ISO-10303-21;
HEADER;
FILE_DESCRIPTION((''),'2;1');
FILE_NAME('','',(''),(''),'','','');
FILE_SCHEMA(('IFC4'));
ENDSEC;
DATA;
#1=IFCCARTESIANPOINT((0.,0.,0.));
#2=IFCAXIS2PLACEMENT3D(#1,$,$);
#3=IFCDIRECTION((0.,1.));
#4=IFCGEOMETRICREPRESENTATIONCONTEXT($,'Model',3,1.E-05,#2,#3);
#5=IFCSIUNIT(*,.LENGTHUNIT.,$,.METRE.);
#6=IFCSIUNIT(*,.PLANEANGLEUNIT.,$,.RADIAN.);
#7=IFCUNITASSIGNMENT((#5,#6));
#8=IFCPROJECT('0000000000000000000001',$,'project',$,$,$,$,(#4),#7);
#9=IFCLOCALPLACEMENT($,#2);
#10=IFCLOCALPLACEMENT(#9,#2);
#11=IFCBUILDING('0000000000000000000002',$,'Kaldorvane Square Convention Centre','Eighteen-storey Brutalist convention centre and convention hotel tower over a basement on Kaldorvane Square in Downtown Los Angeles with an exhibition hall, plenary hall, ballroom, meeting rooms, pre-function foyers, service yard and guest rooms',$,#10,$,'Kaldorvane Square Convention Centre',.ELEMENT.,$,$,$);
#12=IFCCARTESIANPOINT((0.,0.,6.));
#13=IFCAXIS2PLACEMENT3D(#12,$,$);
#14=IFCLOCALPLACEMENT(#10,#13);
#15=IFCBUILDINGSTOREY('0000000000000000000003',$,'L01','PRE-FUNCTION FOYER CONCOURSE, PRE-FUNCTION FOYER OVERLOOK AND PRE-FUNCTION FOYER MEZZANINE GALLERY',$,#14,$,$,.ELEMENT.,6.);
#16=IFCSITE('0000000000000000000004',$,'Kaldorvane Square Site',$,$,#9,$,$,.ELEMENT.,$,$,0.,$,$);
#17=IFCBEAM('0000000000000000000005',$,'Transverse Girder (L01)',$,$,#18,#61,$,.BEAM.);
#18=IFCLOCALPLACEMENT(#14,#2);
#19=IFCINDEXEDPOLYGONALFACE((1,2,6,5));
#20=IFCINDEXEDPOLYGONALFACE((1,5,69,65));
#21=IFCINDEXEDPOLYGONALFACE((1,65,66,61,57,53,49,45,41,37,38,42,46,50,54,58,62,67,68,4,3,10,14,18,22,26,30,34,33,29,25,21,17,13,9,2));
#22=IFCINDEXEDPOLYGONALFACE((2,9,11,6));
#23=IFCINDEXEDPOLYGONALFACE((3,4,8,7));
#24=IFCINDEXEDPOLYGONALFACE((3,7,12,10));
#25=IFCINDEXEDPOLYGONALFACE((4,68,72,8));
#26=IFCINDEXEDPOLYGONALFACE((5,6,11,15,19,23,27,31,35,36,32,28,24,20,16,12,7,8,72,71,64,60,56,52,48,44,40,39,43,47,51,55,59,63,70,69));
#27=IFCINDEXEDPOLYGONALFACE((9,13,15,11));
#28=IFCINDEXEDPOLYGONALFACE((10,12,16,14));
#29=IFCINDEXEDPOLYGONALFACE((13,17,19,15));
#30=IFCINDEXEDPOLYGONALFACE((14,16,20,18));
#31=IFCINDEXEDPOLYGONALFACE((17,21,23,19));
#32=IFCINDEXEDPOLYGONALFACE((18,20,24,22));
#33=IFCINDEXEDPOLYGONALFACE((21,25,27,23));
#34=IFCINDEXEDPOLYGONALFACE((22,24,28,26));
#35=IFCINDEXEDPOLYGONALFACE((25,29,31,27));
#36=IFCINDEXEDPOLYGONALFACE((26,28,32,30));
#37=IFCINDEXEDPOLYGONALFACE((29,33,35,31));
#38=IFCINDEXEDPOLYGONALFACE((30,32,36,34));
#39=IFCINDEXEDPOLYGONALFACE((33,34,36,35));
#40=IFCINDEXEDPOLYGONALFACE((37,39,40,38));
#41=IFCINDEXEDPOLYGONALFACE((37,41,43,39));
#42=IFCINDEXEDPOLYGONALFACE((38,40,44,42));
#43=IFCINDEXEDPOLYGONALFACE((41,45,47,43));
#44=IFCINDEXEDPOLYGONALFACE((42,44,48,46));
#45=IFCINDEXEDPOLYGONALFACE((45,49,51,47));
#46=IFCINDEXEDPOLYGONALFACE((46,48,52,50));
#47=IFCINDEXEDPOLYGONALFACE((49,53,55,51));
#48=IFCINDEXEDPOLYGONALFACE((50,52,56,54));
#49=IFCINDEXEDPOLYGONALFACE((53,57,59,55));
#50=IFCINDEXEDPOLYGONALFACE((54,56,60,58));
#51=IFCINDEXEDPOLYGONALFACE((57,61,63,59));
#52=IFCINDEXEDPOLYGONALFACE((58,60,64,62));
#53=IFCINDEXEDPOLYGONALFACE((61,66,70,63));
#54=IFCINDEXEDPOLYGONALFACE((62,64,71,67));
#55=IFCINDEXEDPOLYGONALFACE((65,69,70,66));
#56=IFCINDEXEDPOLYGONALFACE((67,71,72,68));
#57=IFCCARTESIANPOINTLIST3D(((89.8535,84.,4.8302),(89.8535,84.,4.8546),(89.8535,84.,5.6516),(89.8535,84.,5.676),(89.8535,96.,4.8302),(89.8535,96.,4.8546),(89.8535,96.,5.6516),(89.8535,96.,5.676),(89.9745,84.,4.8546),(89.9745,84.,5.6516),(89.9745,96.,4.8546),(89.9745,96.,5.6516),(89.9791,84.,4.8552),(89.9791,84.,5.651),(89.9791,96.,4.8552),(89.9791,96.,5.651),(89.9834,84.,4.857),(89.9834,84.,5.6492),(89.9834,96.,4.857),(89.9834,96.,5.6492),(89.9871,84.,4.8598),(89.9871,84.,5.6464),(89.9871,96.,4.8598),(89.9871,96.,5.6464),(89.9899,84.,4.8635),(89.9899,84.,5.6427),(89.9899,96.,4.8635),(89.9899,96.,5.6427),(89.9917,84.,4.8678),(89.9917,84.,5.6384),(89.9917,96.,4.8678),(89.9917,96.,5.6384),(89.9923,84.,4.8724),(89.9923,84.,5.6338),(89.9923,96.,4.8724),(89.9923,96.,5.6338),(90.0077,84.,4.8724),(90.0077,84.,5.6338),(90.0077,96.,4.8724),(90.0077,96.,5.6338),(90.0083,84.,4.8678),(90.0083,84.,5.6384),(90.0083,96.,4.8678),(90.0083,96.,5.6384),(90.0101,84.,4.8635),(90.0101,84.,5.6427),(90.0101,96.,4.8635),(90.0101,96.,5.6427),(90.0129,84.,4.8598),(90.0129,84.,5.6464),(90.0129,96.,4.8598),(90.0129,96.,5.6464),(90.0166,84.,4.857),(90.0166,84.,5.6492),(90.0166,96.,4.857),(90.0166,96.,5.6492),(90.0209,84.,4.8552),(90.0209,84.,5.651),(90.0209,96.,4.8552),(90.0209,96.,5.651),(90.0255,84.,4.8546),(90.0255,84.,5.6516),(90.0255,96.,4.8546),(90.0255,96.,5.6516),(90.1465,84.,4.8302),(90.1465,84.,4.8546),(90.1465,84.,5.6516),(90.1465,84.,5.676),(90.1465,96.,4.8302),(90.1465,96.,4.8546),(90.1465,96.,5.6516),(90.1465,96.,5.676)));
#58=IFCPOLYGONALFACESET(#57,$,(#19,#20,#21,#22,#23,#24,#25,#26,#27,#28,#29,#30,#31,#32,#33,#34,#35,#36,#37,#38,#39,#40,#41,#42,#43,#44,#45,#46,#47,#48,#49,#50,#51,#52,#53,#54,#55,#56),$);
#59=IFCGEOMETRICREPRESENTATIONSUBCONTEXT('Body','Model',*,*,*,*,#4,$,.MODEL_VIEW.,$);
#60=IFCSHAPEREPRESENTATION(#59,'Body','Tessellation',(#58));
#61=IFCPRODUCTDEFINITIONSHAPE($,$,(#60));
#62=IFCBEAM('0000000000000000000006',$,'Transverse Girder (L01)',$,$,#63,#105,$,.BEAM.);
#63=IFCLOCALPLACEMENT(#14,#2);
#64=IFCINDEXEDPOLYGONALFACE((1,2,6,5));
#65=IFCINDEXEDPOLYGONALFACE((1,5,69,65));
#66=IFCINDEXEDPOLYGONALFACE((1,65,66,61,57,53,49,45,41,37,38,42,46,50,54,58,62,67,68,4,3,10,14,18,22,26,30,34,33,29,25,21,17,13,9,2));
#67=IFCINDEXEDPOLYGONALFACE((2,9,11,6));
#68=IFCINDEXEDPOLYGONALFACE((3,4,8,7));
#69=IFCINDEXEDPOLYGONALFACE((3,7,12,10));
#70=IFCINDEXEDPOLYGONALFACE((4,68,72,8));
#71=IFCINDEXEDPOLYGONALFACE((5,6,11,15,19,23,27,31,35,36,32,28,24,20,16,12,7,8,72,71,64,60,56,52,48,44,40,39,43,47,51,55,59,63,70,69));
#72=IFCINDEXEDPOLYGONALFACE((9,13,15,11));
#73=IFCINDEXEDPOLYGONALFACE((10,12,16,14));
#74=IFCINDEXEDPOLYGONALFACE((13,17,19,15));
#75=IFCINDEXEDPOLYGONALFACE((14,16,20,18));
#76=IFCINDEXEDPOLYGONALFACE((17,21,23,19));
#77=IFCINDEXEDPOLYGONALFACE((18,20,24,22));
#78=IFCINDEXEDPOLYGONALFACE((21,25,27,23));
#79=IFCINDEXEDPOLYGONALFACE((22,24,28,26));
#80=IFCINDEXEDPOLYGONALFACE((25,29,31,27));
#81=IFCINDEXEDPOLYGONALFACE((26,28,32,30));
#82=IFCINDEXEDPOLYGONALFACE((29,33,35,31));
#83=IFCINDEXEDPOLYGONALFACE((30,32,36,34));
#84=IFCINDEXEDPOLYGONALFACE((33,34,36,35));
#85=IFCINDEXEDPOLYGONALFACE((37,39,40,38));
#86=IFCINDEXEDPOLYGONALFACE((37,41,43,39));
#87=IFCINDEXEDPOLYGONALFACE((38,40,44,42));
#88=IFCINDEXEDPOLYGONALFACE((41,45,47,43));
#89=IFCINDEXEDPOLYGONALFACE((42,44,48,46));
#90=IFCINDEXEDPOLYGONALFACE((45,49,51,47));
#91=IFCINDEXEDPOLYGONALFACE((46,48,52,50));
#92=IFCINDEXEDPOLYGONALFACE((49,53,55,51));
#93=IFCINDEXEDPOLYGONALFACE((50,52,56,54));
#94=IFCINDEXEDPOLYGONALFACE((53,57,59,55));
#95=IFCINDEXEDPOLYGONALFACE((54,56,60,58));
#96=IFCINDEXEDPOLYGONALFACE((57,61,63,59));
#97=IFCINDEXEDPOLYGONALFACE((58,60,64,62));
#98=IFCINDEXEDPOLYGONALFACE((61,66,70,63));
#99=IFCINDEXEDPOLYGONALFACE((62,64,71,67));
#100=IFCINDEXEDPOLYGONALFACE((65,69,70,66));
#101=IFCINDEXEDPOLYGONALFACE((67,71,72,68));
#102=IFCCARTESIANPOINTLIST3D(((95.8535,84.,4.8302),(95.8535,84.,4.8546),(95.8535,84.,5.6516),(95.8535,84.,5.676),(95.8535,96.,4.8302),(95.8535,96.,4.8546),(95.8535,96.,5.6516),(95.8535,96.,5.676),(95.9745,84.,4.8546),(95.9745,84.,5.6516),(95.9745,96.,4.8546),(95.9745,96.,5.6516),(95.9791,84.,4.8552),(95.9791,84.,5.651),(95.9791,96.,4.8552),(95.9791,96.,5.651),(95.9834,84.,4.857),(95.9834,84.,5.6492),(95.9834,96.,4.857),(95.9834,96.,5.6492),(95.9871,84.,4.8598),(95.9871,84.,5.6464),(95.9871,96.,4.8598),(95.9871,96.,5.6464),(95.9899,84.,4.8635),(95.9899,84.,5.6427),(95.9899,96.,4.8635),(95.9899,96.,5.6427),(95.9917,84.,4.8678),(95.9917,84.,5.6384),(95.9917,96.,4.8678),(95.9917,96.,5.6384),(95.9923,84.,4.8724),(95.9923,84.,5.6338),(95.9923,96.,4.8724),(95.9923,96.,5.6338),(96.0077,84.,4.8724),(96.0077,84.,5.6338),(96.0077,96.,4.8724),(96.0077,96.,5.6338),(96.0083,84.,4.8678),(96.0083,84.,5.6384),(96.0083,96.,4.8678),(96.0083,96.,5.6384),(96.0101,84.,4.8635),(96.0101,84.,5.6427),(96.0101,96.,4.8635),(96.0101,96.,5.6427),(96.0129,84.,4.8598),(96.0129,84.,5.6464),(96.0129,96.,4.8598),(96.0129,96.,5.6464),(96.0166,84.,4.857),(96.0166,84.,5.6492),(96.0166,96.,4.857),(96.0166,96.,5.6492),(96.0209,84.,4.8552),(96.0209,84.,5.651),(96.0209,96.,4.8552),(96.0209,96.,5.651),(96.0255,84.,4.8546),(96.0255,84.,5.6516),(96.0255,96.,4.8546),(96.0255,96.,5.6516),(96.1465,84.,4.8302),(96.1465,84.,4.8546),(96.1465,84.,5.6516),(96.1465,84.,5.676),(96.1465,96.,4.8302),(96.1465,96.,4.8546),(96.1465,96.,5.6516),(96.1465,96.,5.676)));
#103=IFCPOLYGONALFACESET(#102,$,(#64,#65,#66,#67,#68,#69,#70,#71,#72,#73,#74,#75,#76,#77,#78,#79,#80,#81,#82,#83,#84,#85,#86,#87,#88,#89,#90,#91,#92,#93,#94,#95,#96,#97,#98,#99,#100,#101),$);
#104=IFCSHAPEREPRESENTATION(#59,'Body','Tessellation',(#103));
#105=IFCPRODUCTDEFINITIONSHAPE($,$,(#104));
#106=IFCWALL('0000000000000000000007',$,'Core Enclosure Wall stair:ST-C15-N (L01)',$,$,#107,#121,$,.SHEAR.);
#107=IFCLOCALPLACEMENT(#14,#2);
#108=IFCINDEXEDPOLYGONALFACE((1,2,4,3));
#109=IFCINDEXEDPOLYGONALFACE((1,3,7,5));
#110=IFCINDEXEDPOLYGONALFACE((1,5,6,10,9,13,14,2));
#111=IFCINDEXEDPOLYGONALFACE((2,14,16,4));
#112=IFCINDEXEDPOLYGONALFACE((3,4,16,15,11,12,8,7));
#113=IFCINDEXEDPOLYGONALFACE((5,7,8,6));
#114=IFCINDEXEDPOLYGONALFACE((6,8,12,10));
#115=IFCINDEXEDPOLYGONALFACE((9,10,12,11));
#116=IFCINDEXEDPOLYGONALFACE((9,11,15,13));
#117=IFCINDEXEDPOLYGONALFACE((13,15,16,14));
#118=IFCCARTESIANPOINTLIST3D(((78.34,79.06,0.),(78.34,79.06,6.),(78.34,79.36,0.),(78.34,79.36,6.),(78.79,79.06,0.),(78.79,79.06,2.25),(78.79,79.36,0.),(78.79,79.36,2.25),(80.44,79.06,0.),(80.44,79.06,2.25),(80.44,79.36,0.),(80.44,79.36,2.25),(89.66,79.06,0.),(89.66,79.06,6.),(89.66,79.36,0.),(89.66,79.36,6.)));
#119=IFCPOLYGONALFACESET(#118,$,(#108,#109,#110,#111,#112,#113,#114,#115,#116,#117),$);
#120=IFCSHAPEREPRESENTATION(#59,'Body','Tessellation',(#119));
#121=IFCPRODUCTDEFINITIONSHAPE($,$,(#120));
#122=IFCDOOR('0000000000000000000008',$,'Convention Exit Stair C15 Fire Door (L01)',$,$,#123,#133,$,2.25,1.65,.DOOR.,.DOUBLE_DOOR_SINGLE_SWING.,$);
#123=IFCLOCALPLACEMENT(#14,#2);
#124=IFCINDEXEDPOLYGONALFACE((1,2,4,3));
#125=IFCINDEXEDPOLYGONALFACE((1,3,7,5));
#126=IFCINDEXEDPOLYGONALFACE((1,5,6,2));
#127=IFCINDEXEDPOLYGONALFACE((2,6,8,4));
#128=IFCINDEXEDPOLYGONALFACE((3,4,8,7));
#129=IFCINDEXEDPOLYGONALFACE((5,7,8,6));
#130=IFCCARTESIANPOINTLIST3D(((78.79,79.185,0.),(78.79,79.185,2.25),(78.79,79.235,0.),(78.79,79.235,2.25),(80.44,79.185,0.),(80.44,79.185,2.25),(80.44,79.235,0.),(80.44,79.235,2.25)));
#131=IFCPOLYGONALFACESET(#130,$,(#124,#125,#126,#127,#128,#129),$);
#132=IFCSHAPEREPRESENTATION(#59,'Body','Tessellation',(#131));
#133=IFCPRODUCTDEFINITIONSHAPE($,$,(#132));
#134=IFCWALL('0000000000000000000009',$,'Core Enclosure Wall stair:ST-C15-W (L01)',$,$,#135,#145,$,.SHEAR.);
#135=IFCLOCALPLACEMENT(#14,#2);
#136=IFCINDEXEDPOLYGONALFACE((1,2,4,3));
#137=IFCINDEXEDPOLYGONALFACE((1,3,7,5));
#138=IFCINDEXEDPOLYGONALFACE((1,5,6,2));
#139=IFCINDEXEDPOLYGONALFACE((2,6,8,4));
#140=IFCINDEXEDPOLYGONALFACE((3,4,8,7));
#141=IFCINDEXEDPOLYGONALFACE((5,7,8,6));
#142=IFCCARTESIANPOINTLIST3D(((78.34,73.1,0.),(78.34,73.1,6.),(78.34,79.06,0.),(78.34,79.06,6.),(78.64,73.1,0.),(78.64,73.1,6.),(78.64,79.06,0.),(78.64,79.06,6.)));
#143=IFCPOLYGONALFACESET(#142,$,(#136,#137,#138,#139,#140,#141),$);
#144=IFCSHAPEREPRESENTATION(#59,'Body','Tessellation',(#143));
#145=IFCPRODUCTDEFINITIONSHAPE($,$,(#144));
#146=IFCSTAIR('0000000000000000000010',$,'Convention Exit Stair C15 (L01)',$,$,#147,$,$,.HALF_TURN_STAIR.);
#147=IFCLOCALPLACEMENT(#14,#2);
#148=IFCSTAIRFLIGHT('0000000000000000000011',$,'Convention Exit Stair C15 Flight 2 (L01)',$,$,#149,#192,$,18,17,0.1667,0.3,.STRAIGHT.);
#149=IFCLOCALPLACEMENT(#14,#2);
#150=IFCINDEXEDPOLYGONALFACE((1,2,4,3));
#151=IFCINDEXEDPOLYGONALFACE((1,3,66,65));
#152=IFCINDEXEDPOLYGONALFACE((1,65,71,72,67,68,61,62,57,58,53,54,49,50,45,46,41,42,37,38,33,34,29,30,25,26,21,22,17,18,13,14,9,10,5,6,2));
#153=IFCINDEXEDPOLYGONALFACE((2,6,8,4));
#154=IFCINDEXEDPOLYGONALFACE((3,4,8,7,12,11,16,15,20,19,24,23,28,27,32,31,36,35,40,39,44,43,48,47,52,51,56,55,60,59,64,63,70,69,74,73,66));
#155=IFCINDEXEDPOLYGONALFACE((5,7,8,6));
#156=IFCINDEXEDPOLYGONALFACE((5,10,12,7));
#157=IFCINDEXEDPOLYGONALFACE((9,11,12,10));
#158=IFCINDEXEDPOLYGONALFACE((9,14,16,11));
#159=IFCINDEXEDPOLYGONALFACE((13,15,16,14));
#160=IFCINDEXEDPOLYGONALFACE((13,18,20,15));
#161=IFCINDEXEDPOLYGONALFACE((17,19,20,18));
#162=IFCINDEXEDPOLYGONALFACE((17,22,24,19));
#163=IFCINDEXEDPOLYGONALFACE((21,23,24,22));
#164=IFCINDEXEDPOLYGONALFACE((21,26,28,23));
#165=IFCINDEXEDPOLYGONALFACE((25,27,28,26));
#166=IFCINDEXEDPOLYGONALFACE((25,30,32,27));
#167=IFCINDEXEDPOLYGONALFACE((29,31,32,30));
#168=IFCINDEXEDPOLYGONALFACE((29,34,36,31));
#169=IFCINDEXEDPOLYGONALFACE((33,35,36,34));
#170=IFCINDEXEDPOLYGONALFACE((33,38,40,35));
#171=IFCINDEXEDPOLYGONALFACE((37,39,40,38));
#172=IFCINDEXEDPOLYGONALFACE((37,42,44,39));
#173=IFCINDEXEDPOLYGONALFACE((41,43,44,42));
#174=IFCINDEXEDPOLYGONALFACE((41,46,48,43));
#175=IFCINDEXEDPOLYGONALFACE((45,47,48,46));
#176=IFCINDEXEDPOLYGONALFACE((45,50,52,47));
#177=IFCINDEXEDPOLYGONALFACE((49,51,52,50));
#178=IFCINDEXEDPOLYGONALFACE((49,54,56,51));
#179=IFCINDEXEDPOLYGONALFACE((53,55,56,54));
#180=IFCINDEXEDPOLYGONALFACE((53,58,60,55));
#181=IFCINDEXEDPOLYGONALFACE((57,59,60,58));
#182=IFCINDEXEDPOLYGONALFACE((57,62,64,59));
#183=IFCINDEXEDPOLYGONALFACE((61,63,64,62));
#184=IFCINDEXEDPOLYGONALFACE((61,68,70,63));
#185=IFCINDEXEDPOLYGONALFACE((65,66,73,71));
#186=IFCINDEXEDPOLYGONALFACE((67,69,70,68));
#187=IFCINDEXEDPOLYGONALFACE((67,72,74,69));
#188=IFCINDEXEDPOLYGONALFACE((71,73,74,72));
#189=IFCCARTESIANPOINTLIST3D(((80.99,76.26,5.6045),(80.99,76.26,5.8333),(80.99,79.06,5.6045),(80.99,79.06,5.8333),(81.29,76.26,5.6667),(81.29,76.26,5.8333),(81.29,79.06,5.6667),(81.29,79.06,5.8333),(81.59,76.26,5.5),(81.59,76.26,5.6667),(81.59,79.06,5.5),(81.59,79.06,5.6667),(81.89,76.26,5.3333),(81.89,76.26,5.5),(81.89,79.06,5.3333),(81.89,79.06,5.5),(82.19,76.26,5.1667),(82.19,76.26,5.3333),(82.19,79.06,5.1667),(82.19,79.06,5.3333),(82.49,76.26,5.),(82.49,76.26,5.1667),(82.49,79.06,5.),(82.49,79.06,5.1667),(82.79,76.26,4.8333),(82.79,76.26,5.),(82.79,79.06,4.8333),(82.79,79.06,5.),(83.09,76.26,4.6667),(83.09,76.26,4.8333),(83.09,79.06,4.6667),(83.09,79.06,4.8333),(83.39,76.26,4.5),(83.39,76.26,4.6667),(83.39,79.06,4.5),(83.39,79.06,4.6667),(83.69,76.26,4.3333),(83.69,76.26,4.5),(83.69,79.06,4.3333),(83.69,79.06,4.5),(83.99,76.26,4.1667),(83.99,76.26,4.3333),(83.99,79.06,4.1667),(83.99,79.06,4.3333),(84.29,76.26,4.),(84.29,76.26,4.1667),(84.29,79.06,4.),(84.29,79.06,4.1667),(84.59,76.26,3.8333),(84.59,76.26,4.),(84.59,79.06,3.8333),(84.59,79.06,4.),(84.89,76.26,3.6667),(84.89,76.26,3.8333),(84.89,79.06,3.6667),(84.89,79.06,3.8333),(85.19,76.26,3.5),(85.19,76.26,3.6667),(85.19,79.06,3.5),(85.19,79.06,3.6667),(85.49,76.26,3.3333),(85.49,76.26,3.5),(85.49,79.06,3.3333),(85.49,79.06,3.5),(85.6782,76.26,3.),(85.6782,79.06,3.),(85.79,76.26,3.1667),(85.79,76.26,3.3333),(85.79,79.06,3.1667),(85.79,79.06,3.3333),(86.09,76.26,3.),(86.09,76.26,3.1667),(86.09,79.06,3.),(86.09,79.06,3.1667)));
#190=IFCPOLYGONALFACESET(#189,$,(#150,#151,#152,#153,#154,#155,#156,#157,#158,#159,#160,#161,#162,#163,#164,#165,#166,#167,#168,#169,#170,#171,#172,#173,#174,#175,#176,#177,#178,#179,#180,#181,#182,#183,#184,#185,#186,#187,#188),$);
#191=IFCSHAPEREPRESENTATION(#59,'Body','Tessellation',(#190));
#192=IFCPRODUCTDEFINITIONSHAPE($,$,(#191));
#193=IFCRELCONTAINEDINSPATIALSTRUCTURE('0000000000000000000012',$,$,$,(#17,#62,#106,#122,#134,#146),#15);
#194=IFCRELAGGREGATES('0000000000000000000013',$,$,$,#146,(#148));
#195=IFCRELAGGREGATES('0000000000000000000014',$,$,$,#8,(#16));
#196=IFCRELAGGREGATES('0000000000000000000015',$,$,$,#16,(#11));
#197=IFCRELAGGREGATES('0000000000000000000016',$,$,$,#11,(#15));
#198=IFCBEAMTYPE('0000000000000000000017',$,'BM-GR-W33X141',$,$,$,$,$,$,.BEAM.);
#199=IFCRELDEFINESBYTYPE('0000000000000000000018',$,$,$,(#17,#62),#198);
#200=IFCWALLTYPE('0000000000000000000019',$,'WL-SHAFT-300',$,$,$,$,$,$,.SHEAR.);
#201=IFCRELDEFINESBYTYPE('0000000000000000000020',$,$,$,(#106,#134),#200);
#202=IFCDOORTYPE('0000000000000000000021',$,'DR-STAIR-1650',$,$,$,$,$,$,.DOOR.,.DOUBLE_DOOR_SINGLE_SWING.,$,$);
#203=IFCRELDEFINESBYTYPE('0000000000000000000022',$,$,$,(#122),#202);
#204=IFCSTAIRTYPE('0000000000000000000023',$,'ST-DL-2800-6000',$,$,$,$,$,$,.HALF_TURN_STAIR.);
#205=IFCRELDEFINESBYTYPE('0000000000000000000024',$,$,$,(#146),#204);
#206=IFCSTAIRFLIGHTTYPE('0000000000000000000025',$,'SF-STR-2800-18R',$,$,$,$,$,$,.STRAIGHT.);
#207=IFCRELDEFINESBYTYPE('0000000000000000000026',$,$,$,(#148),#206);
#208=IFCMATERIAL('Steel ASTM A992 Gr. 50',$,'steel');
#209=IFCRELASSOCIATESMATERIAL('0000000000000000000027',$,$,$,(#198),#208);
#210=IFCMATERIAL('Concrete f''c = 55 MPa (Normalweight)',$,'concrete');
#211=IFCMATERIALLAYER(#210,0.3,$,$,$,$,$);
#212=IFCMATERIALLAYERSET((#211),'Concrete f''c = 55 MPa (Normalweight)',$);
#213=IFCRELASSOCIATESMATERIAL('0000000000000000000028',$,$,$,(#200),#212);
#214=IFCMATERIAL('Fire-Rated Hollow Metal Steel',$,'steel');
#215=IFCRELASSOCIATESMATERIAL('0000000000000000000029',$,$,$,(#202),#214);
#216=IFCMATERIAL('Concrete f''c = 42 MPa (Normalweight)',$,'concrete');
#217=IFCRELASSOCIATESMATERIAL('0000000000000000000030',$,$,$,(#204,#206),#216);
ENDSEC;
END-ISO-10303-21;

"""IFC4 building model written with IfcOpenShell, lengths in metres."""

from ifc_helpers import new_model, si_unit, direction, frame, frame_2d, origin, origin_2d, place, context, subcontext, project, spatial, polyline, rectangle, i_section, outline, extrude, material, layer, layer_set, material_profile, profile_set, type_object, element, fill, aggregate, save


model = new_model("IFC4")

# Units and contexts
model_context = context("Model", 3, precision=1e-05, world=origin(), true_north=direction((0.0, 1.0)))
body_context = subcontext(model_context, "Body", "Model", "MODEL_VIEW")
ifc_project = project(units=[si_unit("LENGTHUNIT", "METRE"), si_unit("PLANEANGLEUNIT", "RADIAN")], contexts=[model_context])

# Site, building, storey
site_placement = place(None, origin())
site = spatial("IfcSite", under=ifc_project, at=site_placement, Name="Kaldorvane Square Site", CompositionType="ELEMENT", RefElevation=0.0)
building_placement = place(site_placement, origin())
building = spatial("IfcBuilding", under=site, at=building_placement, Name="Kaldorvane Square Convention Centre", Description="Eighteen-storey Brutalist convention centre and convention hotel tower over a basement on Kaldorvane Square in Downtown Los Angeles with an exhibition hall, plenary hall, ballroom, meeting rooms, pre-function foyers, service yard and guest rooms", LongName="Kaldorvane Square Convention Centre", CompositionType="ELEMENT")
storey_placement = place(building_placement, frame((0.0, 0.0, 6.0)))
storey = spatial("IfcBuildingStorey", under=building, at=storey_placement, Name="L01", Description="PRE-FUNCTION FOYER CONCOURSE, PRE-FUNCTION FOYER OVERLOOK AND PRE-FUNCTION FOYER MEZZANINE GALLERY", CompositionType="ELEMENT", Elevation=6.0)

# Shared definitions
ifc_material_1 = material(Name="Concrete f'c = 55 MPa (Normalweight)", Category="concrete")
ifc_material_2 = material(Name="Steel ASTM A992 Gr. 50", Category="steel")

# Beams
ifc_material_profile_1 = material_profile(ifc_material_2, i_section(OverallWidth=0.293, OverallDepth=0.8458, WebThickness=0.0154, FlangeThickness=0.0244, FilletRadius=0.0178, at=origin_2d()), Name="W33X141")
ifc_profile_set_1 = profile_set([ifc_material_profile_1], Name="Steel ASTM A992 Gr. 50")
beam_type_1 = type_object("IfcBeamType", Name="BM-GR-W33X141", PredefinedType="BEAM", material=ifc_profile_set_1)
for number, where, z_axis, x_axis, name in (
    (1, (90.0, 84.0, 5.2531), (0.0, 1.0, 0.0), (-1.0, 0.0, 0.0), "Transverse Girder (L01)"),
    (2, (96.0, 84.0, 5.2531), (0.0, 1.0, 0.0), (-1.0, 0.0, 0.0), "Transverse Girder (L01)"),
):
    element("IfcBeam", number, at=place(storey_placement, frame(where, z_axis=z_axis, x_axis=x_axis)), inside=storey, type_object=beam_type_1, Name=name, PredefinedType="BEAM", context=body_context, shape_type="SweptSolid", body=[
        extrude(i_section(OverallWidth=0.293, OverallDepth=0.8458, WebThickness=0.0154, FlangeThickness=0.0244, FilletRadius=0.0178, at=origin_2d()), origin(), (0.0, 0.0, 1.0), 12.0),
    ])

# Wall, opening, door
ifc_layer = layer(ifc_material_1, 0.3)
ifc_layer_set = layer_set([ifc_layer], Name="Concrete f'c = 55 MPa (Normalweight)")
wall_type = type_object("IfcWallType", Name="WL-SHAFT-300", PredefinedType="SHEAR", material=ifc_layer_set)
wall_1_placement = place(storey_placement, frame((89.66, 79.21, 0.0), z_axis=(0.0, 0.0, 1.0), x_axis=(-1.0, 0.0, 0.0)))
wall_1 = element("IfcWall", 3, at=wall_1_placement, inside=storey, type_object=wall_type, Name="Core Enclosure Wall stair:ST-C15-N (L01)", PredefinedType="SHEAR", context=body_context, shape_type="SweptSolid", body=[
    extrude(rectangle(XDim=11.32, YDim=0.3, at=frame_2d((5.66, 0.0))), origin(), (0.0, 0.0, 1.0), 6.0),
])
opening_placement = place(wall_1_placement, frame((9.22, 0.0, 0.0)))
opening = element("IfcOpeningElement", 4, at=opening_placement, cuts=wall_1, PredefinedType="OPENING", context=body_context, shape_type="SweptSolid", body=[
    extrude(rectangle(XDim=1.65, YDim=2.25, at=frame_2d((0.825, 1.125))), frame((0.0, 0.165, 0.0), z_axis=(0.0, -1.0, 0.0), x_axis=(1.0, 0.0, 0.0)), (0.0, 0.0, 1.0), 0.33),
])
ifc_material_3 = material(Name="Fire-Rated Hollow Metal Steel", Category="steel")
door_type = type_object("IfcDoorType", Name="DR-STAIR-1650", OperationType="DOUBLE_DOOR_SINGLE_SWING", PredefinedType="DOOR", material=ifc_material_3)
door_placement = place(opening_placement, origin())
door = element("IfcDoor", 5, at=door_placement, inside=storey, type_object=door_type, Name="Convention Exit Stair C15 Fire Door (L01)", OperationType="DOUBLE_DOOR_SINGLE_SWING", OverallHeight=2.25, OverallWidth=1.65, PredefinedType="DOOR", context=body_context, shape_type="SweptSolid", body=[
    extrude(rectangle(XDim=1.65, YDim=2.25, at=frame_2d((0.825, 1.125))), frame((0.0, 0.025, 0.0), z_axis=(0.0, -1.0, 0.0), x_axis=(1.0, 0.0, 0.0)), (0.0, 0.0, 1.0), 0.05),
])
fill(opening, door)

# Wall
wall_2_placement = place(storey_placement, frame((78.49, 79.06, 0.0), z_axis=(0.0, 0.0, 1.0), x_axis=(0.0, -1.0, 0.0)))
element("IfcWall", 6, at=wall_2_placement, inside=storey, type_object=wall_type, Name="Core Enclosure Wall stair:ST-C15-W (L01)", PredefinedType="SHEAR", context=body_context, shape_type="SweptSolid", body=[
    extrude(rectangle(XDim=5.96, YDim=0.3, at=frame_2d((2.98, 0.0))), origin(), (0.0, 0.0, 1.0), 6.0),
])

# Stair, stair flight
ifc_material_4 = material(Name="Concrete f'c = 42 MPa (Normalweight)", Category="concrete")
stair_type = type_object("IfcStairType", Name="ST-DL-2800-6000", PredefinedType="HALF_TURN_STAIR", material=ifc_material_4)
stair_placement = place(storey_placement, origin())
stair = element("IfcStair", 7, at=stair_placement, inside=storey, type_object=stair_type, Name="Convention Exit Stair C15 (L01)", PredefinedType="HALF_TURN_STAIR")
stair_flight_type = type_object("IfcStairFlightType", Name="SF-STR-2800-18R", PredefinedType="STRAIGHT", material=ifc_material_4)
stair_flight_placement = place(storey_placement, frame((86.09, 77.66, 3.0), z_axis=(0.0, 0.0, 1.0), x_axis=(-1.0, 0.0, 0.0)))
stair_flight = element("IfcStairFlight", 8, at=stair_flight_placement, type_object=stair_flight_type, Name="Convention Exit Stair C15 Flight 2 (L01)", NumberOfRisers=18, NumberOfTreads=17, PredefinedType="STRAIGHT", RiserHeight=0.1667, TreadLength=0.3, context=body_context, shape_type="SweptSolid", body=[
    extrude(outline(polyline([(0.0, 0.0), (0.0, 0.1667), (0.3, 0.1667), (0.3, 0.3333), (0.6, 0.3333), (0.6, 0.5), (0.9, 0.5), (0.9, 0.6667), (1.2, 0.6667), (1.2, 0.8333), (1.5, 0.8333), (1.5, 1.0), (1.8, 1.0), (1.8, 1.1667), (2.1, 1.1667), (2.1, 1.3333), (2.4, 1.3333), (2.4, 1.5), (2.7, 1.5), (2.7, 1.6667), (3.0, 1.6667), (3.0, 1.8333), (3.3, 1.8333), (3.3, 2.0), (3.6, 2.0), (3.6, 2.1667), (3.9, 2.1667), (3.9, 2.3333), (4.2, 2.3333), (4.2, 2.5), (4.5, 2.5), (4.5, 2.6667), (4.8, 2.6667), (4.8, 2.8333), (5.1, 2.8333), (5.1, 3.0), (5.1, 2.6045), (0.4118, 0.0), (0.0, 0.0)])), frame((0.0, 1.4, 0.0), z_axis=(0.0, -1.0, 0.0), x_axis=(1.0, 0.0, 0.0)), (0.0, 0.0, 1.0), 2.8),
])
aggregate(stair, [stair_flight])

save(model, "model.ifc")
